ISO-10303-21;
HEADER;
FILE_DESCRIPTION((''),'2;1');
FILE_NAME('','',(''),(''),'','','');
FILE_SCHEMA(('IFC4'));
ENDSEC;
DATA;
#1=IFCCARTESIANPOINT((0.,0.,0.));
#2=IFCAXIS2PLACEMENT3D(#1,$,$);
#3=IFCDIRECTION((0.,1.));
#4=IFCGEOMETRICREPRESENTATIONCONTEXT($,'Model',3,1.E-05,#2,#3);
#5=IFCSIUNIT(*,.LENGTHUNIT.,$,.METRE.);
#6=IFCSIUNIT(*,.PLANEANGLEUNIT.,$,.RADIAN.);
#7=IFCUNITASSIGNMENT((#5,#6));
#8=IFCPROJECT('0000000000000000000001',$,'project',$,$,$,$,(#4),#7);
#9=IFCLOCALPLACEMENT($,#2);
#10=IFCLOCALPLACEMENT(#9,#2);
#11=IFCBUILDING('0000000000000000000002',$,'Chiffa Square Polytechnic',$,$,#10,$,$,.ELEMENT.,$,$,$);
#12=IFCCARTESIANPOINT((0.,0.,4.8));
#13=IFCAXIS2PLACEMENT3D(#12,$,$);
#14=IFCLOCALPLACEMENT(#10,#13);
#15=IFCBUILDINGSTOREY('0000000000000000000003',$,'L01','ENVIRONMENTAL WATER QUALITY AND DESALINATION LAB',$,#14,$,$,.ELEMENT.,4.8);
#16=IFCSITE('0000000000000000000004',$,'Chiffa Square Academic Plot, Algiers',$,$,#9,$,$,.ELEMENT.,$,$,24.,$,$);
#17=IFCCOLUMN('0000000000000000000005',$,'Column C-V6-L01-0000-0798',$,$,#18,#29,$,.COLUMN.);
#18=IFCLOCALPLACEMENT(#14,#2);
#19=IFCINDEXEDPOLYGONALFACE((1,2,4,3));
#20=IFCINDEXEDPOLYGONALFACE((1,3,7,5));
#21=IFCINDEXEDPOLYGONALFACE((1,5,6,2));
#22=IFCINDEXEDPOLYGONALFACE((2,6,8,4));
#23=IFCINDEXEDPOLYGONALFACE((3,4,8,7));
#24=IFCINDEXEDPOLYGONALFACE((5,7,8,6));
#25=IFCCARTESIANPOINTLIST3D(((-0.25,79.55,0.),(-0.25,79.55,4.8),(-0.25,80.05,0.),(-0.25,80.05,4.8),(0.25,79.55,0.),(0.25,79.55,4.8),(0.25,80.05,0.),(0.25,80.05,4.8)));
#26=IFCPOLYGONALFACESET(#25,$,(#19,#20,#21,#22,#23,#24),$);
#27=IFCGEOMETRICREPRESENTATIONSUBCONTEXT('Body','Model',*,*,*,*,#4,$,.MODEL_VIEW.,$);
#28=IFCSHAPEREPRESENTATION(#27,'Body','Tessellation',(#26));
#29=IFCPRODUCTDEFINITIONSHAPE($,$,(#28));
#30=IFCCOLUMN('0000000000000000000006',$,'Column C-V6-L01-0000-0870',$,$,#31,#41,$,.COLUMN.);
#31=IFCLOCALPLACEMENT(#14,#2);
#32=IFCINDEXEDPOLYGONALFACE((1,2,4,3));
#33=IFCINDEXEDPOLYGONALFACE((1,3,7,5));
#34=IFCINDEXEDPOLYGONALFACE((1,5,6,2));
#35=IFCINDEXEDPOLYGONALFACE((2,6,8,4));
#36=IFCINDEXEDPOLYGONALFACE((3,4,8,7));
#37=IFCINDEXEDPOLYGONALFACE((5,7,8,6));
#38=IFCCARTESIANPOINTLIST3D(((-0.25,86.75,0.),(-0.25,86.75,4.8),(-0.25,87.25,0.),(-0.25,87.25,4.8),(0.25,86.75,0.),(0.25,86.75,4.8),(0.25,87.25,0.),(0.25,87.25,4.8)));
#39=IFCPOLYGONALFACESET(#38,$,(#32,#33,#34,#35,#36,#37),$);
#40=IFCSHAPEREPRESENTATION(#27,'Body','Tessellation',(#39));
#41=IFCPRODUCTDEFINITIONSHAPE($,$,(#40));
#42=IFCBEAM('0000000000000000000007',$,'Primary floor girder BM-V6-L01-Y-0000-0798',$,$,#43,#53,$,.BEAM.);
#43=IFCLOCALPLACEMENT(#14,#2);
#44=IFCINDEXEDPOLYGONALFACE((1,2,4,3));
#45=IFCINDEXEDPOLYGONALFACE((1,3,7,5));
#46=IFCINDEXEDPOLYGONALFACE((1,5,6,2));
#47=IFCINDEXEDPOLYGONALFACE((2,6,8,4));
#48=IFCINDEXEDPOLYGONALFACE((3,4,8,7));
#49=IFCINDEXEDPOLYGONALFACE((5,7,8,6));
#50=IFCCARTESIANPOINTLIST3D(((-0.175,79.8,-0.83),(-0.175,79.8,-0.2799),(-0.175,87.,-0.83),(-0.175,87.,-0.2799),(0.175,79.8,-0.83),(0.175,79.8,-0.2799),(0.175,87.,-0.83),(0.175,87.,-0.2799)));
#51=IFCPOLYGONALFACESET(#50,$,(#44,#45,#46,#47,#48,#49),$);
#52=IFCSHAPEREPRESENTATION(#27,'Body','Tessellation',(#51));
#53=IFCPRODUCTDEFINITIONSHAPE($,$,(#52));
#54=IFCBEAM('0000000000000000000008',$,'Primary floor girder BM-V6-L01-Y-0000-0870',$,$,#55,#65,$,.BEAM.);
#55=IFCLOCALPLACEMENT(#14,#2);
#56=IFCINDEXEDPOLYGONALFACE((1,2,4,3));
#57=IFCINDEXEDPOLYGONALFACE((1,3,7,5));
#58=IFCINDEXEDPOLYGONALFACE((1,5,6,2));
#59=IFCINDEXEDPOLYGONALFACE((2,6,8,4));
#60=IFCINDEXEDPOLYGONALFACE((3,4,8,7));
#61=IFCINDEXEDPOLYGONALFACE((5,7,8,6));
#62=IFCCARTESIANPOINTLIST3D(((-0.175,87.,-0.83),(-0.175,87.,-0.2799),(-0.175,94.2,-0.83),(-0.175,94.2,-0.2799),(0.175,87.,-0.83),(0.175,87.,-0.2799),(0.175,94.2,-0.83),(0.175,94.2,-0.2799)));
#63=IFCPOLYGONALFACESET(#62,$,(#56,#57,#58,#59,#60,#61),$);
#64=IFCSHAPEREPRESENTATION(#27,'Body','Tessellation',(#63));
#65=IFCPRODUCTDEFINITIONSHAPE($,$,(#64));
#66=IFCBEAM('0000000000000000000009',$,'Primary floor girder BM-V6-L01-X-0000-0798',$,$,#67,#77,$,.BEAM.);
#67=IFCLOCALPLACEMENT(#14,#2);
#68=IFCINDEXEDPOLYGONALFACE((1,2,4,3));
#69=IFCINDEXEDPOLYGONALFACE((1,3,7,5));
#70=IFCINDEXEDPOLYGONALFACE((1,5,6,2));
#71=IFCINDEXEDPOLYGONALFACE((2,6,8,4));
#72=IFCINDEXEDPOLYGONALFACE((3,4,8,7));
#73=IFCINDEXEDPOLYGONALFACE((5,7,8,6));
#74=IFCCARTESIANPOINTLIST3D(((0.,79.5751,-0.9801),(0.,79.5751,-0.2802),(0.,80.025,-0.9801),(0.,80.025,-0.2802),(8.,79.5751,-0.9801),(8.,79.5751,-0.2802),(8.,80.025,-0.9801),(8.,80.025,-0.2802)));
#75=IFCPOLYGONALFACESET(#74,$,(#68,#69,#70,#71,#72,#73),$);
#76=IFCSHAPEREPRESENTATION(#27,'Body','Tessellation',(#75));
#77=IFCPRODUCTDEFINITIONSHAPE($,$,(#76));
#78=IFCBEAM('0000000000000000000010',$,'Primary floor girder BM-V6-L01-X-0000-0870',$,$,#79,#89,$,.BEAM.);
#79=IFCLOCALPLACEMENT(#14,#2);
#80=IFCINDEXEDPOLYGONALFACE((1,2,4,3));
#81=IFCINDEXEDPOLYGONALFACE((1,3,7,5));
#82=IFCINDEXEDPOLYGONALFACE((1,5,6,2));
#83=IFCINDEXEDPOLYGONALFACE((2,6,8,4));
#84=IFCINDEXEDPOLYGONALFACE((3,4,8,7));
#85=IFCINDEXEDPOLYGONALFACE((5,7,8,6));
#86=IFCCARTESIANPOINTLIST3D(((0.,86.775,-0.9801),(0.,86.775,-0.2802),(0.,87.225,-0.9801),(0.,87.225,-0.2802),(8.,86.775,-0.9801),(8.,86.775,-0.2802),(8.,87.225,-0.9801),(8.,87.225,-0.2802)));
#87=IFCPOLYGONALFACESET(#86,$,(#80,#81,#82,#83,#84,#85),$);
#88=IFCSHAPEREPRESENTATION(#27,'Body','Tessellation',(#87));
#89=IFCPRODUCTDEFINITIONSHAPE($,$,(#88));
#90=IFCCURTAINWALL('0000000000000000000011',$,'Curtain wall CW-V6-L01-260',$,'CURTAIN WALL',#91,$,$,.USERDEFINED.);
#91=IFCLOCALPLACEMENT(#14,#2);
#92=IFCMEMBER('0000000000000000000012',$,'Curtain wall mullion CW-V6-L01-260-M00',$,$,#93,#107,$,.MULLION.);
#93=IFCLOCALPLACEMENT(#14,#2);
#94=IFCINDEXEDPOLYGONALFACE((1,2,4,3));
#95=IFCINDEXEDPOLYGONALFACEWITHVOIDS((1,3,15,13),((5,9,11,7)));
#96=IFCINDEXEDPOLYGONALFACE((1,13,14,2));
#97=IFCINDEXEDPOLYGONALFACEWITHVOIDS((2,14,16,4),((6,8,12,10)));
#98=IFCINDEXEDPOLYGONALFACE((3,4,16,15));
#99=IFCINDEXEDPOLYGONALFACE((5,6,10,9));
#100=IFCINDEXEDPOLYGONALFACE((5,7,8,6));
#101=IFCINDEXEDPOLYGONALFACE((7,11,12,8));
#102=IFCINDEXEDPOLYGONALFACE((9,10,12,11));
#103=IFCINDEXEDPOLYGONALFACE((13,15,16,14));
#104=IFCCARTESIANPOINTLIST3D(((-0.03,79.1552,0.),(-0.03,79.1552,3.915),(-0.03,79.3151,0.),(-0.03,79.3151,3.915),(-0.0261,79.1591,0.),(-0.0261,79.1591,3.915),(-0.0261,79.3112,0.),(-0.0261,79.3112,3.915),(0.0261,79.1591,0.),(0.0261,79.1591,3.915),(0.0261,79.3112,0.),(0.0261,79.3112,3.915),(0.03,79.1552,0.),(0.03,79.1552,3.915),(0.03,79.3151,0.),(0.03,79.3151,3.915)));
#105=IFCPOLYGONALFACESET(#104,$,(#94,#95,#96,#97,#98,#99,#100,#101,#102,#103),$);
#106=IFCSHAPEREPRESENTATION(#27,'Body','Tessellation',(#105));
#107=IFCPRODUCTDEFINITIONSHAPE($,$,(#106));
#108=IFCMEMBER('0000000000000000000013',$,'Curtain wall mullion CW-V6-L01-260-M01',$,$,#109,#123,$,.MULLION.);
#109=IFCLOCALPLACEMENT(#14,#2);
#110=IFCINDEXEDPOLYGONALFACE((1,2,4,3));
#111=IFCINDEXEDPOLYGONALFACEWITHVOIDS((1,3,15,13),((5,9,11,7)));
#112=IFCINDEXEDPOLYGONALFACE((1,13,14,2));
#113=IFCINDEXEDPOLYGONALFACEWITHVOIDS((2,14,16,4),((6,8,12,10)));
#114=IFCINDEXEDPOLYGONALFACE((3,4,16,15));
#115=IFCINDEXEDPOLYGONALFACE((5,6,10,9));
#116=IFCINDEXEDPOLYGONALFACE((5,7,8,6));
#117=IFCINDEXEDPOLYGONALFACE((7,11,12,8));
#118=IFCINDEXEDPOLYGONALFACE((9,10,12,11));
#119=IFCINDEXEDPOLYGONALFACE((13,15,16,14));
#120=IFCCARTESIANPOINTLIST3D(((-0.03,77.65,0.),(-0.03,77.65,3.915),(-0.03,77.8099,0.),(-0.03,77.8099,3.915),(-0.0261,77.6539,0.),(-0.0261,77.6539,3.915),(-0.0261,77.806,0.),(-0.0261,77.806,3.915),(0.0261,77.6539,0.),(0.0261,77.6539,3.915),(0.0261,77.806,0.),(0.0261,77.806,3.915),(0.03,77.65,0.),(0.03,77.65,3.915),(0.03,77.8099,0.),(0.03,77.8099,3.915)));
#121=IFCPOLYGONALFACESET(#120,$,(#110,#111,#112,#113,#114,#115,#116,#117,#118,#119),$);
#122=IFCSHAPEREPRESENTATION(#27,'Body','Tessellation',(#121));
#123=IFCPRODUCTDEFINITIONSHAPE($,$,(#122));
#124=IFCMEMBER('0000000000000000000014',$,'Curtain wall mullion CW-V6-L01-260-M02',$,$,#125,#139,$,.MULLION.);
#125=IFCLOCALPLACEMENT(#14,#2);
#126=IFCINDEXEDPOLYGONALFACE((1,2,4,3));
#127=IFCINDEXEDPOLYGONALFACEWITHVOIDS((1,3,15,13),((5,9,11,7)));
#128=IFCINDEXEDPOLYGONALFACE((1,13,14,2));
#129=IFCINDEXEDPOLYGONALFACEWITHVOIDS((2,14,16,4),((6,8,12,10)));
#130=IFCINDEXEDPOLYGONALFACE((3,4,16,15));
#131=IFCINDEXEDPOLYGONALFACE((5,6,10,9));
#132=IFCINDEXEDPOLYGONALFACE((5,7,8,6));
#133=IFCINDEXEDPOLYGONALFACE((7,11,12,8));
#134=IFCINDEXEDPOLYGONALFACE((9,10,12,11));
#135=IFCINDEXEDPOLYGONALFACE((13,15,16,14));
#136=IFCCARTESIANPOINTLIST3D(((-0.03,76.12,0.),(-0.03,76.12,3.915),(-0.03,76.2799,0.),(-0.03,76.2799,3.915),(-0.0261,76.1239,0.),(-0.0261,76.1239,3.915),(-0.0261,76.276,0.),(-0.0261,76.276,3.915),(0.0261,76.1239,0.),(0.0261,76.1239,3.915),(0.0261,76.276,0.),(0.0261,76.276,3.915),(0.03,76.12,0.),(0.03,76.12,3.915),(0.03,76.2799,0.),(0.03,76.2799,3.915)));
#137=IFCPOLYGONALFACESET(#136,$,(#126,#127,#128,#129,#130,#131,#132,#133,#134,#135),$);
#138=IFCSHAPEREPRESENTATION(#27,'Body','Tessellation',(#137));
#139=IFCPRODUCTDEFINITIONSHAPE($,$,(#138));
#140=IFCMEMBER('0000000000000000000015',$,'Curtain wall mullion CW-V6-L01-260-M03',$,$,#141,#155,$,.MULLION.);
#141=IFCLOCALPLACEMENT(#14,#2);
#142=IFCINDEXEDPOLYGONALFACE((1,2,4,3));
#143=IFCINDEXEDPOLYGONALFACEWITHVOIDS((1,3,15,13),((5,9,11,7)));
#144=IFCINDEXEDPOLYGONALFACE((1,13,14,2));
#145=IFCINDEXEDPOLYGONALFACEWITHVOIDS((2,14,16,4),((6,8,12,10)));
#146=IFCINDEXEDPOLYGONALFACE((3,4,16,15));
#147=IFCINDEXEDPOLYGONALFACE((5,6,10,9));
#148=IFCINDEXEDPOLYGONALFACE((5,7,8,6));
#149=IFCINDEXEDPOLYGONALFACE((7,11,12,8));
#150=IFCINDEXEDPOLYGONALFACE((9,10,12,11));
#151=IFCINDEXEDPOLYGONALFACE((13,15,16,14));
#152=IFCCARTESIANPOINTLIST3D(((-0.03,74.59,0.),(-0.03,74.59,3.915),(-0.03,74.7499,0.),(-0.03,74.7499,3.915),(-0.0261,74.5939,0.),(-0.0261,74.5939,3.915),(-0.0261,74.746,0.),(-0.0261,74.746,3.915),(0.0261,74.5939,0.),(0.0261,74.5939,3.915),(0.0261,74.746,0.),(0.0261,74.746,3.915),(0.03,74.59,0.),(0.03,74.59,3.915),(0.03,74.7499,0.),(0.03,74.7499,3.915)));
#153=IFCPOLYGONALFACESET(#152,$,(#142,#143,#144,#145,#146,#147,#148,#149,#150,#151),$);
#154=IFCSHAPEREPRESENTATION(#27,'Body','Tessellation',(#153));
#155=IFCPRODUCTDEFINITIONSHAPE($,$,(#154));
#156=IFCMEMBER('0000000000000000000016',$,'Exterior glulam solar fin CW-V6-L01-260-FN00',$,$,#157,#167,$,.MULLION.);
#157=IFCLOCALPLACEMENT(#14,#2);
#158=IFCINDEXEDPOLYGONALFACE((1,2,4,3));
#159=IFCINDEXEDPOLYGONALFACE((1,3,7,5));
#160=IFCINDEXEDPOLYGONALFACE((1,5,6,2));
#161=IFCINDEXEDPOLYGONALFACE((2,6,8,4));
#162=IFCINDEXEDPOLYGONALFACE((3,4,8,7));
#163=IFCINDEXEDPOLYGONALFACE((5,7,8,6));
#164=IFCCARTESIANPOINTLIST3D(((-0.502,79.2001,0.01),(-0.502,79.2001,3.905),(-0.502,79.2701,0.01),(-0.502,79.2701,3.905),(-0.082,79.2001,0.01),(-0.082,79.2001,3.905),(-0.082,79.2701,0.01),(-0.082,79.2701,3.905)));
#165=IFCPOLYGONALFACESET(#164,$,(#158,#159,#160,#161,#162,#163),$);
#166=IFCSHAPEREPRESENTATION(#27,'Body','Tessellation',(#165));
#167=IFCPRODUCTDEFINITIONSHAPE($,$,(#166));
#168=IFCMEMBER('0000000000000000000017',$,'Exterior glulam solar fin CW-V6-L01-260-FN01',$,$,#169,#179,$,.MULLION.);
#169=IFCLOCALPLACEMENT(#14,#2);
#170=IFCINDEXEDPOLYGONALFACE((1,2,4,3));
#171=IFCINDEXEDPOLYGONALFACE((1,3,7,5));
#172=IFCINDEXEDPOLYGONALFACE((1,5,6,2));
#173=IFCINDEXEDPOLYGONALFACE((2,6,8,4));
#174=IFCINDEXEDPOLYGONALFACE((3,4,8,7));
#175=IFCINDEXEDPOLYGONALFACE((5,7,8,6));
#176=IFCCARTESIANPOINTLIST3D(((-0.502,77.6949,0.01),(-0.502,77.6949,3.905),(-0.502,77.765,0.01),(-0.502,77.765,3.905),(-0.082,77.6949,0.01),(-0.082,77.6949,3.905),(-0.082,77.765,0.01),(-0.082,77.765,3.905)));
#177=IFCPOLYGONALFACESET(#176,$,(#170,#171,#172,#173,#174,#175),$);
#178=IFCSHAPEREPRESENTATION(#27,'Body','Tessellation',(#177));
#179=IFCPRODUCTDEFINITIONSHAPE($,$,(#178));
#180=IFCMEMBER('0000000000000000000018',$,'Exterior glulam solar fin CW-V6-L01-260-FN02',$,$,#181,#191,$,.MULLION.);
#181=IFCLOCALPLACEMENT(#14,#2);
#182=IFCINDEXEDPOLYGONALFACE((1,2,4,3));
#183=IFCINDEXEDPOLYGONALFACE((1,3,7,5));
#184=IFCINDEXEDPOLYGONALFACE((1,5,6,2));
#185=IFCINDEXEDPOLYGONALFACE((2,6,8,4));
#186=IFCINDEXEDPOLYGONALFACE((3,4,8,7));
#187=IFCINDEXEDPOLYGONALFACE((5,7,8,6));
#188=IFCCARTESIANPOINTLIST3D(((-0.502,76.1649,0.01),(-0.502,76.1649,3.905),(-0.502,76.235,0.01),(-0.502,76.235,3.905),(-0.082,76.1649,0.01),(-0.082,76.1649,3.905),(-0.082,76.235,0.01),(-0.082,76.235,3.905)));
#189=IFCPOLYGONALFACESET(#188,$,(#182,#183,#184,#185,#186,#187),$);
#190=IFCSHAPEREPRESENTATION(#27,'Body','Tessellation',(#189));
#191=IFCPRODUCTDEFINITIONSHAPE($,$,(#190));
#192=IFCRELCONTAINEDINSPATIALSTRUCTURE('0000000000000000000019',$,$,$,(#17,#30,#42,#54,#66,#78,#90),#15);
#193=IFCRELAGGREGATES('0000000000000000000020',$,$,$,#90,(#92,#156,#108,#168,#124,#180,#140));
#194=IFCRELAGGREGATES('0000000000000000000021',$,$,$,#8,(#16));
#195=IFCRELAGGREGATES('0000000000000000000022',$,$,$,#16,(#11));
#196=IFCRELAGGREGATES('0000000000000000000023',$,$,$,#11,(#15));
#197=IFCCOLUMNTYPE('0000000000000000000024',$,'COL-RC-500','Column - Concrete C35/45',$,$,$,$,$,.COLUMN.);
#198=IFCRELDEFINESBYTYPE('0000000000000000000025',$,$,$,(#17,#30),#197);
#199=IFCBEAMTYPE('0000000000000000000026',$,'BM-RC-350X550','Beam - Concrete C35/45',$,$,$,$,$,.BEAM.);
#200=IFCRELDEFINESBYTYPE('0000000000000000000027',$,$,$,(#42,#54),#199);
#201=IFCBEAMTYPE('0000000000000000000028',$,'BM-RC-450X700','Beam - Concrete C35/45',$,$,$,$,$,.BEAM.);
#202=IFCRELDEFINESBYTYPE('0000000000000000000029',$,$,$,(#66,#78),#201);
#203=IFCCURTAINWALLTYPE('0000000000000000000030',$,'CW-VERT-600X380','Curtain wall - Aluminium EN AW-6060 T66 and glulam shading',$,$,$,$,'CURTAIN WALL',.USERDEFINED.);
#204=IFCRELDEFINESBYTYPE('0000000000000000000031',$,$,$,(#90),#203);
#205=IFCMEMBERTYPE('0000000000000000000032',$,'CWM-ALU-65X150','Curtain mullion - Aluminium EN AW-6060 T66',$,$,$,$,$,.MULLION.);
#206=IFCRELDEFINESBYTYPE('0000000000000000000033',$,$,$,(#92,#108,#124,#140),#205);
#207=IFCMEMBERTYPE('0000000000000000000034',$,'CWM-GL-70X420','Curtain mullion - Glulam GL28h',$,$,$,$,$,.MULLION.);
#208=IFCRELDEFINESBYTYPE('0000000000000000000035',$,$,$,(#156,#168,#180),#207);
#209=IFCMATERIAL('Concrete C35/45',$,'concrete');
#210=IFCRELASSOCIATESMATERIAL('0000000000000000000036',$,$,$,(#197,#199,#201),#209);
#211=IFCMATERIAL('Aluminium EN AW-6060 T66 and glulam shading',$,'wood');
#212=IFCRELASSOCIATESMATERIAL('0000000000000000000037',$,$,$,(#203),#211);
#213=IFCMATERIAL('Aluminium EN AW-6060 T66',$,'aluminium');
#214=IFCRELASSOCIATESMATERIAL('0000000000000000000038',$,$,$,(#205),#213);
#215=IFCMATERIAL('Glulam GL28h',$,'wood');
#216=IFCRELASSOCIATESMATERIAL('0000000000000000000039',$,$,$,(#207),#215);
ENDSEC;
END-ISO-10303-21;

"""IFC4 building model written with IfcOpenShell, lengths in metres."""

from ifc_helpers import new_model, si_unit, direction, frame, origin, origin_2d, place, context, subcontext, project, spatial, rectangle, hollow_rectangle, extrude, material, material_profile, profile_set, type_object, element, aggregate, save


model = new_model("IFC4")

# Units and contexts
model_context = context("Model", 3, precision=1e-05, world=origin(), true_north=direction((0.0, 1.0)))
body_context = subcontext(model_context, "Body", "Model", "MODEL_VIEW")
ifc_project = project(units=[si_unit("LENGTHUNIT", "METRE"), si_unit("PLANEANGLEUNIT", "RADIAN")], contexts=[model_context])

# Site, building, storey
site_placement = place(None, origin())
site = spatial("IfcSite", under=ifc_project, at=site_placement, Name="Chiffa Square Academic Plot, Algiers", CompositionType="ELEMENT", RefElevation=24.0)
building_placement = place(site_placement, origin())
building = spatial("IfcBuilding", under=site, at=building_placement, Name="Chiffa Square Polytechnic", CompositionType="ELEMENT")
storey_placement = place(building_placement, frame((0.0, 0.0, 4.8)))
storey = spatial("IfcBuildingStorey", under=building, at=storey_placement, Name="L01", Description="ENVIRONMENTAL WATER QUALITY AND DESALINATION LAB", CompositionType="ELEMENT", Elevation=4.8)

# Columns
ifc_material_1 = material(Name="Concrete C35/45", Category="concrete")
ifc_material_profile_1 = material_profile(ifc_material_1, rectangle(XDim=0.5, YDim=0.5, at=origin_2d()), Name="RC 500x500")
ifc_profile_set_1 = profile_set([ifc_material_profile_1], Name="Concrete C35/45")
column_type = type_object("IfcColumnType", Name="COL-RC-500", Description="Column - Concrete C35/45", PredefinedType="COLUMN", material=ifc_profile_set_1)
for number, where, z_axis, x_axis, name in (
    (1, (0.0, 79.8, 0.0), (0.0, 0.0, 1.0), (1.0, 0.0, 0.0), "Column C-V6-L01-0000-0798"),
    (2, (0.0, 87.0, 0.0), (0.0, 0.0, 1.0), (1.0, 0.0, 0.0), "Column C-V6-L01-0000-0870"),
):
    element("IfcColumn", number, at=place(storey_placement, frame(where, z_axis=z_axis, x_axis=x_axis)), inside=storey, type_object=column_type, Name=name, PredefinedType="COLUMN", context=body_context, shape_type="SweptSolid", body=[
        extrude(rectangle(XDim=0.5, YDim=0.5, at=origin_2d()), origin(), (0.0, 0.0, 1.0), 4.8),
    ])

# Beams
ifc_material_profile_2 = material_profile(ifc_material_1, rectangle(XDim=0.3501, YDim=0.55, at=origin_2d()), Name="RC 350x550")
ifc_profile_set_2 = profile_set([ifc_material_profile_2], Name="Concrete C35/45")
beam_type_1 = type_object("IfcBeamType", Name="BM-RC-350X550", Description="Beam - Concrete C35/45", PredefinedType="BEAM", material=ifc_profile_set_2)
for number, where, z_axis, x_axis, name in (
    (3, (0.0, 79.8, -0.5549), (0.0, 1.0, 0.0), (-1.0, 0.0, 0.0), "Primary floor girder BM-V6-L01-Y-0000-0798"),
    (4, (0.0, 87.0, -0.5549), (0.0, 1.0, 0.0), (-1.0, 0.0, 0.0), "Primary floor girder BM-V6-L01-Y-0000-0870"),
):
    element("IfcBeam", number, at=place(storey_placement, frame(where, z_axis=z_axis, x_axis=x_axis)), inside=storey, type_object=beam_type_1, Name=name, PredefinedType="BEAM", context=body_context, shape_type="SweptSolid", body=[
        extrude(rectangle(XDim=0.3501, YDim=0.55, at=origin_2d()), origin(), (0.0, 0.0, 1.0), 7.2),
    ])
ifc_material_profile_3 = material_profile(ifc_material_1, rectangle(XDim=0.45, YDim=0.7, at=origin_2d()), Name="RC 450x700")
ifc_profile_set_3 = profile_set([ifc_material_profile_3], Name="Concrete C35/45")
beam_type_2 = type_object("IfcBeamType", Name="BM-RC-450X700", Description="Beam - Concrete C35/45", PredefinedType="BEAM", material=ifc_profile_set_3)
for number, where, z_axis, x_axis, name in (
    (5, (0.0, 79.8, -0.6301), (1.0, 0.0, 0.0), (0.0, 1.0, 0.0), "Primary floor girder BM-V6-L01-X-0000-0798"),
    (6, (0.0, 87.0, -0.6301), (1.0, 0.0, 0.0), (0.0, 1.0, 0.0), "Primary floor girder BM-V6-L01-X-0000-0870"),
):
    element("IfcBeam", number, at=place(storey_placement, frame(where, z_axis=z_axis, x_axis=x_axis)), inside=storey, type_object=beam_type_2, Name=name, PredefinedType="BEAM", context=body_context, shape_type="SweptSolid", body=[
        extrude(rectangle(XDim=0.45, YDim=0.7, at=origin_2d()), origin(), (0.0, 0.0, 1.0), 8.0),
    ])

# Curtain wall, members
ifc_material_2 = material(Name="Aluminium EN AW-6060 T66 and glulam shading", Category="wood")
curtain_wall_type = type_object("IfcCurtainWallType", Name="CW-VERT-600X380", Description="Curtain wall - Aluminium EN AW-6060 T66 and glulam shading", ElementType="CURTAIN WALL", PredefinedType="USERDEFINED", material=ifc_material_2)
curtain_wall_placement = place(storey_placement, origin())
curtain_wall = element("IfcCurtainWall", 7, at=curtain_wall_placement, inside=storey, type_object=curtain_wall_type, Name="Curtain wall CW-V6-L01-260", ObjectType="CURTAIN WALL", PredefinedType="USERDEFINED")
ifc_material_3 = material(Name="Aluminium EN AW-6060 T66", Category="aluminium")
ifc_material_profile_4 = material_profile(ifc_material_3, hollow_rectangle(XDim=0.0601, YDim=0.1599, WallThickness=0.0039, at=origin_2d()), Name="ALU 60x160x4")
ifc_profile_set_4 = profile_set([ifc_material_profile_4], Name="Aluminium EN AW-6060 T66")
member_type_1 = type_object("IfcMemberType", Name="CWM-ALU-65X150", Description="Curtain mullion - Aluminium EN AW-6060 T66", PredefinedType="MULLION", material=ifc_profile_set_4)
member_1_placement = place(storey_placement, frame((0.0, 79.2351, 0.0), z_axis=(0.0, 0.0, 1.0), x_axis=(1.0, 0.0, 0.0)))
member_1 = element("IfcMember", 8, at=member_1_placement, type_object=member_type_1, Name="Curtain wall mullion CW-V6-L01-260-M00", PredefinedType="MULLION", context=body_context, shape_type="SweptSolid", body=[
    extrude(hollow_rectangle(XDim=0.0601, YDim=0.1599, WallThickness=0.0039, at=origin_2d()), origin(), (0.0, 0.0, 1.0), 3.915),
])
member_2_placement = place(storey_placement, frame((0.0, 77.73, 0.0), z_axis=(0.0, 0.0, 1.0), x_axis=(1.0, 0.0, 0.0)))
member_2 = element("IfcMember", 9, at=member_2_placement, type_object=member_type_1, Name="Curtain wall mullion CW-V6-L01-260-M01", PredefinedType="MULLION", context=body_context, shape_type="SweptSolid", body=[
    extrude(hollow_rectangle(XDim=0.0601, YDim=0.1599, WallThickness=0.0039, at=origin_2d()), origin(), (0.0, 0.0, 1.0), 3.915),
])
member_3_placement = place(storey_placement, frame((0.0, 76.2, 0.0), z_axis=(0.0, 0.0, 1.0), x_axis=(1.0, 0.0, 0.0)))
member_3 = element("IfcMember", 10, at=member_3_placement, type_object=member_type_1, Name="Curtain wall mullion CW-V6-L01-260-M02", PredefinedType="MULLION", context=body_context, shape_type="SweptSolid", body=[
    extrude(hollow_rectangle(XDim=0.0601, YDim=0.1599, WallThickness=0.0039, at=origin_2d()), origin(), (0.0, 0.0, 1.0), 3.915),
])
member_4_placement = place(storey_placement, frame((0.0, 74.6699, 0.0), z_axis=(0.0, 0.0, 1.0), x_axis=(1.0, 0.0, 0.0)))
member_4 = element("IfcMember", 11, at=member_4_placement, type_object=member_type_1, Name="Curtain wall mullion CW-V6-L01-260-M03", PredefinedType="MULLION", context=body_context, shape_type="SweptSolid", body=[
    extrude(hollow_rectangle(XDim=0.0601, YDim=0.1599, WallThickness=0.0039, at=origin_2d()), origin(), (0.0, 0.0, 1.0), 3.915),
])
ifc_material_4 = material(Name="Glulam GL28h", Category="wood")
ifc_material_profile_5 = material_profile(ifc_material_4, rectangle(XDim=0.0701, YDim=0.4199, at=origin_2d()), Name="GL28h 70x420")
ifc_profile_set_5 = profile_set([ifc_material_profile_5], Name="Glulam GL28h")
member_type_2 = type_object("IfcMemberType", Name="CWM-GL-70X420", Description="Curtain mullion - Glulam GL28h", PredefinedType="MULLION", material=ifc_profile_set_5)
member_5_placement = place(storey_placement, frame((-0.292, 79.2351, 0.01), z_axis=(0.0, 0.0, 1.0), x_axis=(0.0, -1.0, 0.0)))
member_5 = element("IfcMember", 12, at=member_5_placement, type_object=member_type_2, Name="Exterior glulam solar fin CW-V6-L01-260-FN00", PredefinedType="MULLION", context=body_context, shape_type="SweptSolid", body=[
    extrude(rectangle(XDim=0.0701, YDim=0.4199, at=origin_2d()), origin(), (0.0, 0.0, 1.0), 3.895),
])
member_6_placement = place(storey_placement, frame((-0.292, 77.73, 0.01), z_axis=(0.0, 0.0, 1.0), x_axis=(0.0, -1.0, 0.0)))
member_6 = element("IfcMember", 13, at=member_6_placement, type_object=member_type_2, Name="Exterior glulam solar fin CW-V6-L01-260-FN01", PredefinedType="MULLION", context=body_context, shape_type="SweptSolid", body=[
    extrude(rectangle(XDim=0.0701, YDim=0.4199, at=origin_2d()), origin(), (0.0, 0.0, 1.0), 3.895),
])
member_7_placement = place(storey_placement, frame((-0.292, 76.2, 0.01), z_axis=(0.0, 0.0, 1.0), x_axis=(0.0, -1.0, 0.0)))
member_7 = element("IfcMember", 14, at=member_7_placement, type_object=member_type_2, Name="Exterior glulam solar fin CW-V6-L01-260-FN02", PredefinedType="MULLION", context=body_context, shape_type="SweptSolid", body=[
    extrude(rectangle(XDim=0.0701, YDim=0.4199, at=origin_2d()), origin(), (0.0, 0.0, 1.0), 3.895),
])

aggregate(curtain_wall, [member_1, member_5, member_2, member_6, member_3, member_7, member_4])

save(model, "model.ifc")
